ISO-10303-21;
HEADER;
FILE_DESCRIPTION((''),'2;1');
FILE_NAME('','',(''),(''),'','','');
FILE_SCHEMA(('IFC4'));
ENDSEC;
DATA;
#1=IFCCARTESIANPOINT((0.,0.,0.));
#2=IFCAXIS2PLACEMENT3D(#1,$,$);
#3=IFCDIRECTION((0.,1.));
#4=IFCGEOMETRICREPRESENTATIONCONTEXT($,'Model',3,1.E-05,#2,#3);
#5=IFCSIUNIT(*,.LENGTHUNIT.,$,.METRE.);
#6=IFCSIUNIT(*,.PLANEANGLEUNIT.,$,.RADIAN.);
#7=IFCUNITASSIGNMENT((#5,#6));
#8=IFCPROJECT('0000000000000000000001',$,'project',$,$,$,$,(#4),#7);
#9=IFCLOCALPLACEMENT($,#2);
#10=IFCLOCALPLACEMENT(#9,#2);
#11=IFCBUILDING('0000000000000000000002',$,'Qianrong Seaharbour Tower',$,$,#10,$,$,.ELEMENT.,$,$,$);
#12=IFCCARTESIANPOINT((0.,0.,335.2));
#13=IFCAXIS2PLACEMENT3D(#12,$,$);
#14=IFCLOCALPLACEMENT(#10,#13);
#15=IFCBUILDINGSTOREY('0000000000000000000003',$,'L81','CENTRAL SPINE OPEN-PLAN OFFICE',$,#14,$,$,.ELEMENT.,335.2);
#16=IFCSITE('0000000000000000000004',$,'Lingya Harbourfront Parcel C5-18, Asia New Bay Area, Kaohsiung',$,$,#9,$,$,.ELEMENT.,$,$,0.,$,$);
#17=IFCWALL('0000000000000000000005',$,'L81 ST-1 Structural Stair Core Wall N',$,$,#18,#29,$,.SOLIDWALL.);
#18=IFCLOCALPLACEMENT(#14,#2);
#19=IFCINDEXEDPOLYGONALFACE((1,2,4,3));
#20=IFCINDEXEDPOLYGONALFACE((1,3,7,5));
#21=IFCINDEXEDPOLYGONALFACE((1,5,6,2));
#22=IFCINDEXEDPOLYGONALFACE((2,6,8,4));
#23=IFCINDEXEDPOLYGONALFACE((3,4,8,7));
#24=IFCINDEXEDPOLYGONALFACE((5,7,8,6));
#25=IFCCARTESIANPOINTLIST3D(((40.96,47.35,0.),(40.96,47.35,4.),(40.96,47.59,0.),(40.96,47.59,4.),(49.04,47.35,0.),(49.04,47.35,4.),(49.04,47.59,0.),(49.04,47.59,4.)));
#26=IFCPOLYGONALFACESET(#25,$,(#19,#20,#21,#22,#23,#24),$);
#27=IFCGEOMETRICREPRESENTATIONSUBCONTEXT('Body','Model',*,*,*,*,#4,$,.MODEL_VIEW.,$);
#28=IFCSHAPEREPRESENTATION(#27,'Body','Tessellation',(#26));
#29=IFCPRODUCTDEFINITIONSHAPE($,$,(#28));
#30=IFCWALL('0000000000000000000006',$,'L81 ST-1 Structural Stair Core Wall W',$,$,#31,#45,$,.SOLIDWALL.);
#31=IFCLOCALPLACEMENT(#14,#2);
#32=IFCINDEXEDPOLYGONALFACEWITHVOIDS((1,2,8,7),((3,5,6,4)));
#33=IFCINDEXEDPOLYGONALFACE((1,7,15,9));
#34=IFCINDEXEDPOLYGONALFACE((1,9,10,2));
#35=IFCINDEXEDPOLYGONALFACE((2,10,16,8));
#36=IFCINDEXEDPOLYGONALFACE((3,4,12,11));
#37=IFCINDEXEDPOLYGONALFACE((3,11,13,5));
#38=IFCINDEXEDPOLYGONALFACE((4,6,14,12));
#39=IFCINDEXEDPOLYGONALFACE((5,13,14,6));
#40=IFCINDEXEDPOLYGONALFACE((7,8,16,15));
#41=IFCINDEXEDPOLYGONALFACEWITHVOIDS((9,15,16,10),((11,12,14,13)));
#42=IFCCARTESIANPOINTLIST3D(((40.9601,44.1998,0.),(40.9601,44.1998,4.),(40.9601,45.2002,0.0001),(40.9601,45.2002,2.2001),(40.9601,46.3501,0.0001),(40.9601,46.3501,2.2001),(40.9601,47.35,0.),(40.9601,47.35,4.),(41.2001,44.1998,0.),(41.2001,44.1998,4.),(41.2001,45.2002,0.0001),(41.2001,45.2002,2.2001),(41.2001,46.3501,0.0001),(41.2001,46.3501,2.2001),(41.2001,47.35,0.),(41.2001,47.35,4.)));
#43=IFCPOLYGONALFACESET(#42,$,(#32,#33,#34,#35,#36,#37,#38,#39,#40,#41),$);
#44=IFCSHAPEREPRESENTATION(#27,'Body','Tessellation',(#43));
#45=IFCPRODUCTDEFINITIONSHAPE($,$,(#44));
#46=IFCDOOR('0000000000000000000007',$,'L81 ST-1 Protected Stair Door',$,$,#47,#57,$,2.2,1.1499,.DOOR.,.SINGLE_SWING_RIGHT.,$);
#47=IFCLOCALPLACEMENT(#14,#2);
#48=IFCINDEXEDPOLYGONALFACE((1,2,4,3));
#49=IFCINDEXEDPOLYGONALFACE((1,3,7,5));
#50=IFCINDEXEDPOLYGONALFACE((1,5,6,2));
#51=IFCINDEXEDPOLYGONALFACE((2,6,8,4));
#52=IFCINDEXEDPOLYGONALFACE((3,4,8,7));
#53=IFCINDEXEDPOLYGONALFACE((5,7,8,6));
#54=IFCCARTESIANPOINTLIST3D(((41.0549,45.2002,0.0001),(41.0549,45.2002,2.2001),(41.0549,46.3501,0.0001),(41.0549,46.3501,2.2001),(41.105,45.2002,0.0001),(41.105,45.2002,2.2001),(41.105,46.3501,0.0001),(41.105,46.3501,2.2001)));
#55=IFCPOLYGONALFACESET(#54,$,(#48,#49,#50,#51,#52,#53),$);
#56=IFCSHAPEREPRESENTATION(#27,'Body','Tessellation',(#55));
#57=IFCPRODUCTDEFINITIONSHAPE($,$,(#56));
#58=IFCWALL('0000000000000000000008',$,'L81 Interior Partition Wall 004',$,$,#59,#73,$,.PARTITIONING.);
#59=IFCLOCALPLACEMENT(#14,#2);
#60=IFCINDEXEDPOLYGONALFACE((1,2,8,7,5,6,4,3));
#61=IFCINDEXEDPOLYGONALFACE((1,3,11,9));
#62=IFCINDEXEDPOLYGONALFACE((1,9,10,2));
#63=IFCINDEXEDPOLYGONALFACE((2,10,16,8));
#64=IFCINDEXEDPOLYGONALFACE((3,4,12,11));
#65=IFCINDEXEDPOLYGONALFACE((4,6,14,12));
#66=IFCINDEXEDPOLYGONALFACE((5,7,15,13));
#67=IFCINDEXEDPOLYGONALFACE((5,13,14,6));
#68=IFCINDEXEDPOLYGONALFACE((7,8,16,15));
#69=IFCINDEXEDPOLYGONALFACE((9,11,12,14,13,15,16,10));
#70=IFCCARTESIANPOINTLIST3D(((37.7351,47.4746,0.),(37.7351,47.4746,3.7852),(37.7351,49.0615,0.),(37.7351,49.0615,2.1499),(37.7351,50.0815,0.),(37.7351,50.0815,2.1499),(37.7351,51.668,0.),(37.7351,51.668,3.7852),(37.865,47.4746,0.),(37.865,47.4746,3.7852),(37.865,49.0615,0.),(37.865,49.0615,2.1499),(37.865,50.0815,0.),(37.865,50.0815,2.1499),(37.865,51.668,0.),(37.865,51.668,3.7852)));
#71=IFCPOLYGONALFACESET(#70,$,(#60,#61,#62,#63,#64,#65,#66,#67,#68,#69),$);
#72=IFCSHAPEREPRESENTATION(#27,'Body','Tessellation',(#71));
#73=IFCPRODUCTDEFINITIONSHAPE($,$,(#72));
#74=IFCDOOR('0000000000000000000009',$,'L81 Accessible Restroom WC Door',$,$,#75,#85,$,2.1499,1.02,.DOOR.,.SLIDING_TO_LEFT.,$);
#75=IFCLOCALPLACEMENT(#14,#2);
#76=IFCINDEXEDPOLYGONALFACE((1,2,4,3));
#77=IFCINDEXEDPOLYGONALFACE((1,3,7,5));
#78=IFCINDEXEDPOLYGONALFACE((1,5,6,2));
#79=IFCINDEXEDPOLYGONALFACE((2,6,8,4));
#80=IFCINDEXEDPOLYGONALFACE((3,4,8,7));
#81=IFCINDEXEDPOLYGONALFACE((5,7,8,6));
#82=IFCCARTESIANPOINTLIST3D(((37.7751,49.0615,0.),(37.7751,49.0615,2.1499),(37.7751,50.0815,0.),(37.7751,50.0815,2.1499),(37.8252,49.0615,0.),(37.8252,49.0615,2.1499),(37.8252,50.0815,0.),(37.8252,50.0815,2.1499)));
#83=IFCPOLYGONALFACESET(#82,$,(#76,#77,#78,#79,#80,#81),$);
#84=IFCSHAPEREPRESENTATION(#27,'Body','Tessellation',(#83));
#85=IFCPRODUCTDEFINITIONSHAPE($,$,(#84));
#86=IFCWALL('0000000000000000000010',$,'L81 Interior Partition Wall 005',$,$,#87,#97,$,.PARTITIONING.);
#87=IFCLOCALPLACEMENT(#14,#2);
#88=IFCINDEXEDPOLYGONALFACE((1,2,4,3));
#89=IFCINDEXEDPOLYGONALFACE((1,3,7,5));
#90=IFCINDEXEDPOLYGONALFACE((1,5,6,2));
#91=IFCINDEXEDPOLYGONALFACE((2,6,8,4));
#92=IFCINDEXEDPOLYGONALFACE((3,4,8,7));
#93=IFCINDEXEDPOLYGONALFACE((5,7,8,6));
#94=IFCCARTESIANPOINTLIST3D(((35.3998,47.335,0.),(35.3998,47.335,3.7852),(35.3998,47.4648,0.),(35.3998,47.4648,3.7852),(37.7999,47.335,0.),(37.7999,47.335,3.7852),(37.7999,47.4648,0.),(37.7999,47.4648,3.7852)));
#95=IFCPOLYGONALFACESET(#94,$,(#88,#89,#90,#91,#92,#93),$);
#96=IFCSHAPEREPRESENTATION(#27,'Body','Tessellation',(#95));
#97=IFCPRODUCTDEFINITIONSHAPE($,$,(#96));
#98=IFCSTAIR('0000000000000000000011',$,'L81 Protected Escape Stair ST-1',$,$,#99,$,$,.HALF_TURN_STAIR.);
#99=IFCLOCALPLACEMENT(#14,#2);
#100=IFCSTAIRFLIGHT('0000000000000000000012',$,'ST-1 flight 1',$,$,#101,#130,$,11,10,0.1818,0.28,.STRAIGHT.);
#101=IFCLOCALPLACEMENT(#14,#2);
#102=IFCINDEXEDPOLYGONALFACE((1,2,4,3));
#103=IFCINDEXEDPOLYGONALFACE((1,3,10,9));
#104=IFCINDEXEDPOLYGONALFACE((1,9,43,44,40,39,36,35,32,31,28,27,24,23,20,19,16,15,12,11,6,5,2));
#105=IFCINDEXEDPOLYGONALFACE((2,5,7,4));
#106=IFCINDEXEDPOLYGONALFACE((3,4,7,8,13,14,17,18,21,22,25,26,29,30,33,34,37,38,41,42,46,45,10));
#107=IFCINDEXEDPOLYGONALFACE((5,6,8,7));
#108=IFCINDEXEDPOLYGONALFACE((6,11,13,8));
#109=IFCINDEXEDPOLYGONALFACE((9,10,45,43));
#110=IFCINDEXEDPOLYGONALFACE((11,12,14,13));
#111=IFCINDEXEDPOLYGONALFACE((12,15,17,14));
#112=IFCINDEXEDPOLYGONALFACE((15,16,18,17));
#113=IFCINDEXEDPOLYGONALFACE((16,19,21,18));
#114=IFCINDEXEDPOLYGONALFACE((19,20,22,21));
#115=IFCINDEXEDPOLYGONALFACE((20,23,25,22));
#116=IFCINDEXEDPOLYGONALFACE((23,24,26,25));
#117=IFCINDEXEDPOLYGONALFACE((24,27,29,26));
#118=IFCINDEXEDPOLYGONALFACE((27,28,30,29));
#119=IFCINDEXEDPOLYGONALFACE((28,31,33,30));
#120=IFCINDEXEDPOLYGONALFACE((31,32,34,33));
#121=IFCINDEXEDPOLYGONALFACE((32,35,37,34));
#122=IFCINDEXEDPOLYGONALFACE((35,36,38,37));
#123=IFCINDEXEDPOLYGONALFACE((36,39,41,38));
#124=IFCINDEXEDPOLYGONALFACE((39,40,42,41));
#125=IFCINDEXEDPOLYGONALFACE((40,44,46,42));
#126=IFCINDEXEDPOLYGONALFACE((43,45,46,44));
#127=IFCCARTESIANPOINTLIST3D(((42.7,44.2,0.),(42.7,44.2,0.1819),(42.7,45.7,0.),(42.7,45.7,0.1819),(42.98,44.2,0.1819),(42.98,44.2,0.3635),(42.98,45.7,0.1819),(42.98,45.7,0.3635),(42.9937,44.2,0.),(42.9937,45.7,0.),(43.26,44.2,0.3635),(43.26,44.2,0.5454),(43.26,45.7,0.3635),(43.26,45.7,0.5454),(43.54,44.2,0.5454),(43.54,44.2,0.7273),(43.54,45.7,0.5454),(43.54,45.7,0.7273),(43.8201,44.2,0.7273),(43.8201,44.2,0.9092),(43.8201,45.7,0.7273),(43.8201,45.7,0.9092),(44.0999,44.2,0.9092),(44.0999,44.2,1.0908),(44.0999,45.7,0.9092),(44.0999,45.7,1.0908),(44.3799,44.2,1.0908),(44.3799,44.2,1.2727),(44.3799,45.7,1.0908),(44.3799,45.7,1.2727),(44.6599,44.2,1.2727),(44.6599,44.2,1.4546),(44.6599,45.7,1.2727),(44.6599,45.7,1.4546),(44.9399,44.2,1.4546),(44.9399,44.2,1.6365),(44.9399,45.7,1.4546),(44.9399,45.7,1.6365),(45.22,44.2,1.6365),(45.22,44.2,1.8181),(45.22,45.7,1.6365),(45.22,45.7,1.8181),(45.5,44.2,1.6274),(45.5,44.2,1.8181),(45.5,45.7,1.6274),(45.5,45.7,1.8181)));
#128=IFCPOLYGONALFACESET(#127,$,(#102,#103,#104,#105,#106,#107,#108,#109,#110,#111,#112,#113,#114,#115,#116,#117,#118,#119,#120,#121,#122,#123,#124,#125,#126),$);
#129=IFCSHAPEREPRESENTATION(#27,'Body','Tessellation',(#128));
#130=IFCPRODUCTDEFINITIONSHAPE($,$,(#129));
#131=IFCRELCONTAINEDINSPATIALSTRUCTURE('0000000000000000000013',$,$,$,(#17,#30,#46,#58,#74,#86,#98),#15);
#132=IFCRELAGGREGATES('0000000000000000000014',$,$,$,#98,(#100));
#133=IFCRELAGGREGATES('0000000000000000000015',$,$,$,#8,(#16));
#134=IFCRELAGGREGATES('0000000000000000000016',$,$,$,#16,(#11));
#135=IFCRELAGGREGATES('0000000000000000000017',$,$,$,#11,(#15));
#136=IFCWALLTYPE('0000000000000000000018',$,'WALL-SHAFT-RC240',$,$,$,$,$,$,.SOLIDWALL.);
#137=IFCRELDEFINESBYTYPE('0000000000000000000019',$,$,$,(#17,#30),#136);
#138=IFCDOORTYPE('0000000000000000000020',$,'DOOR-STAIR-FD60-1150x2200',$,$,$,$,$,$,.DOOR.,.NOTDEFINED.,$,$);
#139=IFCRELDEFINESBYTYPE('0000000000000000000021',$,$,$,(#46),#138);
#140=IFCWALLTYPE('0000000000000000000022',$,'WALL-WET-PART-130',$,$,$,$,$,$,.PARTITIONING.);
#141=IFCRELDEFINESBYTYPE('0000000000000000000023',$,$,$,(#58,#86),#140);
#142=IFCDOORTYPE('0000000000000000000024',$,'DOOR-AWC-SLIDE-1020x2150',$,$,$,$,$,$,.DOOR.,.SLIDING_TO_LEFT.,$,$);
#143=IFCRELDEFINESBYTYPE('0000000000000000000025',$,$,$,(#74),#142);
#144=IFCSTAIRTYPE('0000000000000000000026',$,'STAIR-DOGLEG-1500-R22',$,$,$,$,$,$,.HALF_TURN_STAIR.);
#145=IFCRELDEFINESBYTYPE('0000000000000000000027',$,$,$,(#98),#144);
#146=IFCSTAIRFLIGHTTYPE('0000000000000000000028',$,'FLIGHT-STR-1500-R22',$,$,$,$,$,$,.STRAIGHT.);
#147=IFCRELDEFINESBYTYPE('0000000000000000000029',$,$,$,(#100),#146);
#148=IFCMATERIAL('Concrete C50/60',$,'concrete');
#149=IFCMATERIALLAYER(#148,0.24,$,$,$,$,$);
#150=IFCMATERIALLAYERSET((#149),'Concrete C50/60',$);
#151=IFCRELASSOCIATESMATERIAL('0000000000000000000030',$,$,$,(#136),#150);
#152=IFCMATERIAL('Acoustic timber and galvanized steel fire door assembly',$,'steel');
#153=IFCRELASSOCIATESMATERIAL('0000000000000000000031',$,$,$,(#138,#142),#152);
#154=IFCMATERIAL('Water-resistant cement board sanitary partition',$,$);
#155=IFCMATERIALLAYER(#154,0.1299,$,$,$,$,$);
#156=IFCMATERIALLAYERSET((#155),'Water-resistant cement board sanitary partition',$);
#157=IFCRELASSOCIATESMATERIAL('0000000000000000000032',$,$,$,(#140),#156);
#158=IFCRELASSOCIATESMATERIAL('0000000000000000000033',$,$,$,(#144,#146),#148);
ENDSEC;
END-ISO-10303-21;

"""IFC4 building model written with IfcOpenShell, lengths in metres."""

from ifc_helpers import new_model, si_unit, direction, frame, frame_2d, origin, place, context, subcontext, project, spatial, polyline, rectangle, outline, extrude, material, layer, layer_set, type_object, element, fill, aggregate, save


model = new_model("IFC4")

# Units and contexts
model_context = context("Model", 3, precision=1e-05, world=origin(), true_north=direction((0.0, 1.0)))
body_context = subcontext(model_context, "Body", "Model", "MODEL_VIEW")
ifc_project = project(units=[si_unit("LENGTHUNIT", "METRE"), si_unit("PLANEANGLEUNIT", "RADIAN")], contexts=[model_context])

# Site, building, storey
site_placement = place(None, origin())
site = spatial("IfcSite", under=ifc_project, at=site_placement, Name="Lingya Harbourfront Parcel C5-18, Asia New Bay Area, Kaohsiung", CompositionType="ELEMENT", RefElevation=0.0)
building_placement = place(site_placement, origin())
building = spatial("IfcBuilding", under=site, at=building_placement, Name="Qianrong Seaharbour Tower", CompositionType="ELEMENT")
storey_placement = place(building_placement, frame((0.0, 0.0, 335.2)))
storey = spatial("IfcBuildingStorey", under=building, at=storey_placement, Name="L81", Description="CENTRAL SPINE OPEN-PLAN OFFICE", CompositionType="ELEMENT", Elevation=335.2)

# Shared definitions
ifc_material_1 = material(Name="Concrete C50/60", Category="concrete")

# Shared definitions
ifc_material_2 = material(Name="Acoustic timber and galvanized steel fire door assembly", Category="steel")

# Wall
ifc_layer_1 = layer(ifc_material_1, 0.24)
ifc_layer_set_1 = layer_set([ifc_layer_1], Name="Concrete C50/60")
wall_type_1 = type_object("IfcWallType", Name="WALL-SHAFT-RC240", PredefinedType="SOLIDWALL", material=ifc_layer_set_1)
wall_1_placement = place(storey_placement, frame((40.96, 47.47, 0.0), z_axis=(0.0, 0.0, 1.0), x_axis=(1.0, 0.0, 0.0)))
element("IfcWall", 1, at=wall_1_placement, inside=storey, type_object=wall_type_1, Name="L81 ST-1 Structural Stair Core Wall N", PredefinedType="SOLIDWALL", context=body_context, shape_type="SweptSolid", body=[
    extrude(rectangle(XDim=8.0801, YDim=0.24, at=frame_2d((4.04, 0.0))), origin(), (0.0, 0.0, 1.0), 4.0),
])

# Walls, openings, doors
wall_2_placement = place(storey_placement, frame((41.0801, 47.3501, 0.0), z_axis=(0.0, 0.0, 1.0), x_axis=(0.0, -1.0, 0.0)))
wall_2 = element("IfcWall", 2, at=wall_2_placement, inside=storey, type_object=wall_type_1, Name="L81 ST-1 Structural Stair Core Wall W", PredefinedType="SOLIDWALL", context=body_context, shape_type="SweptSolid", body=[
    extrude(rectangle(XDim=3.1501, YDim=0.24, at=frame_2d((1.5752, 0.0))), origin(), (0.0, 0.0, 1.0), 4.0),
])
opening_1_placement = place(wall_2_placement, frame((1.0, 0.0, 0.0)))
opening_1 = element("IfcOpeningElement", 3, at=opening_1_placement, cuts=wall_2, PredefinedType="OPENING", context=body_context, shape_type="SweptSolid", body=[
    extrude(rectangle(XDim=1.1499, YDim=2.2, at=frame_2d((0.575, 1.1001))), frame((0.0, 0.1299, 0.0), z_axis=(0.0, -1.0, 0.0), x_axis=(1.0, 0.0, 0.0)), (0.0, 0.0, 1.0), 0.26),
])
door_type_1 = type_object("IfcDoorType", Name="DOOR-STAIR-FD60-1150x2200", OperationType="NOTDEFINED", PredefinedType="DOOR", material=ifc_material_2)
door_1_placement = place(opening_1_placement, origin())
door_1 = element("IfcDoor", 4, at=door_1_placement, inside=storey, type_object=door_type_1, Name="L81 ST-1 Protected Stair Door", OperationType="SINGLE_SWING_RIGHT", OverallHeight=2.2, OverallWidth=1.1499, PredefinedType="DOOR", context=body_context, shape_type="SweptSolid", body=[
    extrude(rectangle(XDim=1.1499, YDim=2.2, at=frame_2d((0.575, 1.1001))), frame((0.0, 0.0249, 0.0), z_axis=(0.0, -1.0, 0.0), x_axis=(1.0, 0.0, 0.0)), (0.0, 0.0, 1.0), 0.05),
])
fill(opening_1, door_1)
ifc_material_3 = material(Name="Water-resistant cement board sanitary partition")
ifc_layer_2 = layer(ifc_material_3, 0.1299)
ifc_layer_set_2 = layer_set([ifc_layer_2], Name="Water-resistant cement board sanitary partition")
wall_type_2 = type_object("IfcWallType", Name="WALL-WET-PART-130", PredefinedType="PARTITIONING", material=ifc_layer_set_2)
wall_3_placement = place(storey_placement, frame((37.8, 47.4746, 0.0), z_axis=(0.0, 0.0, 1.0), x_axis=(0.0, 1.0, 0.0)))
wall_3 = element("IfcWall", 5, at=wall_3_placement, inside=storey, type_object=wall_type_2, Name="L81 Interior Partition Wall 004", PredefinedType="PARTITIONING", context=body_context, shape_type="SweptSolid", body=[
    extrude(rectangle(XDim=4.1934, YDim=0.1299, at=frame_2d((2.0967, 0.0))), origin(), (0.0, 0.0, 1.0), 3.7852),
])
opening_2_placement = place(wall_3_placement, frame((1.5869, 0.0, 0.0)))
opening_2 = element("IfcOpeningElement", 6, at=opening_2_placement, cuts=wall_3, PredefinedType="OPENING", context=body_context, shape_type="SweptSolid", body=[
    extrude(rectangle(XDim=1.02, YDim=2.1499, at=frame_2d((0.51, 1.075))), frame((0.0, 0.075, 0.0), z_axis=(0.0, -1.0, 0.0), x_axis=(1.0, 0.0, 0.0)), (0.0, 0.0, 1.0), 0.1499),
])
door_type_2 = type_object("IfcDoorType", Name="DOOR-AWC-SLIDE-1020x2150", OperationType="SLIDING_TO_LEFT", PredefinedType="DOOR", material=ifc_material_2)
door_2_placement = place(opening_2_placement, origin())
door_2 = element("IfcDoor", 7, at=door_2_placement, inside=storey, type_object=door_type_2, Name="L81 Accessible Restroom WC Door", OperationType="SLIDING_TO_LEFT", OverallHeight=2.1499, OverallWidth=1.02, PredefinedType="DOOR", context=body_context, shape_type="SweptSolid", body=[
    extrude(rectangle(XDim=1.02, YDim=2.1499, at=frame_2d((0.51, 1.075))), frame((0.0, 0.0249, 0.0), z_axis=(0.0, -1.0, 0.0), x_axis=(1.0, 0.0, 0.0)), (0.0, 0.0, 1.0), 0.05),
])
fill(opening_2, door_2)

# Wall
wall_4_placement = place(storey_placement, frame((37.8, 47.3999, 0.0), z_axis=(0.0, 0.0, 1.0), x_axis=(-1.0, 0.0, 0.0)))
element("IfcWall", 8, at=wall_4_placement, inside=storey, type_object=wall_type_2, Name="L81 Interior Partition Wall 005", PredefinedType="PARTITIONING", context=body_context, shape_type="SweptSolid", body=[
    extrude(rectangle(XDim=2.4001, YDim=0.1299, at=frame_2d((1.2002, 0.0))), origin(), (0.0, 0.0, 1.0), 3.7852),
])

# Stair, stair flight
stair_type = type_object("IfcStairType", Name="STAIR-DOGLEG-1500-R22", PredefinedType="HALF_TURN_STAIR", material=ifc_material_1)
stair_placement = place(storey_placement, origin())
stair = element("IfcStair", 9, at=stair_placement, inside=storey, type_object=stair_type, Name="L81 Protected Escape Stair ST-1", PredefinedType="HALF_TURN_STAIR")
stair_flight_type = type_object("IfcStairFlightType", Name="FLIGHT-STR-1500-R22", PredefinedType="STRAIGHT", material=ifc_material_1)
stair_flight_placement = place(storey_placement, frame((42.7, 44.95, 0.0), z_axis=(0.0, 0.0, 1.0), x_axis=(1.0, 0.0, 0.0)))
stair_flight = element("IfcStairFlight", 10, at=stair_flight_placement, type_object=stair_flight_type, Name="ST-1 flight 1", NumberOfRisers=11, NumberOfTreads=10, PredefinedType="STRAIGHT", RiserHeight=0.1818, TreadLength=0.28, context=body_context, shape_type="SweptSolid", body=[
    extrude(outline(polyline([(0.0, 0.0), (0.0, 0.1819), (0.28, 0.1819), (0.28, 0.3635), (0.5601, 0.3635), (0.5601, 0.5454), (0.8401, 0.5454), (0.8401, 0.7273), (1.1201, 0.7273), (1.1201, 0.9092), (1.3999, 0.9092), (1.3999, 1.0908), (1.6799, 1.0908), (1.6799, 1.2727), (1.96, 1.2727), (1.96, 1.4546), (2.24, 1.4546), (2.24, 1.6365), (2.52, 1.6365), (2.52, 1.8181), (2.8, 1.8181), (2.8, 2.0), (2.8, 1.6274), (0.2937, 0.0), (0.0, 0.0)])), frame((0.0, 0.75, 0.0), z_axis=(0.0, -1.0, 0.0), x_axis=(1.0, 0.0, 0.0)), (0.0, 0.0, 1.0), 1.5),
])
aggregate(stair, [stair_flight])

save(model, "model.ifc")
